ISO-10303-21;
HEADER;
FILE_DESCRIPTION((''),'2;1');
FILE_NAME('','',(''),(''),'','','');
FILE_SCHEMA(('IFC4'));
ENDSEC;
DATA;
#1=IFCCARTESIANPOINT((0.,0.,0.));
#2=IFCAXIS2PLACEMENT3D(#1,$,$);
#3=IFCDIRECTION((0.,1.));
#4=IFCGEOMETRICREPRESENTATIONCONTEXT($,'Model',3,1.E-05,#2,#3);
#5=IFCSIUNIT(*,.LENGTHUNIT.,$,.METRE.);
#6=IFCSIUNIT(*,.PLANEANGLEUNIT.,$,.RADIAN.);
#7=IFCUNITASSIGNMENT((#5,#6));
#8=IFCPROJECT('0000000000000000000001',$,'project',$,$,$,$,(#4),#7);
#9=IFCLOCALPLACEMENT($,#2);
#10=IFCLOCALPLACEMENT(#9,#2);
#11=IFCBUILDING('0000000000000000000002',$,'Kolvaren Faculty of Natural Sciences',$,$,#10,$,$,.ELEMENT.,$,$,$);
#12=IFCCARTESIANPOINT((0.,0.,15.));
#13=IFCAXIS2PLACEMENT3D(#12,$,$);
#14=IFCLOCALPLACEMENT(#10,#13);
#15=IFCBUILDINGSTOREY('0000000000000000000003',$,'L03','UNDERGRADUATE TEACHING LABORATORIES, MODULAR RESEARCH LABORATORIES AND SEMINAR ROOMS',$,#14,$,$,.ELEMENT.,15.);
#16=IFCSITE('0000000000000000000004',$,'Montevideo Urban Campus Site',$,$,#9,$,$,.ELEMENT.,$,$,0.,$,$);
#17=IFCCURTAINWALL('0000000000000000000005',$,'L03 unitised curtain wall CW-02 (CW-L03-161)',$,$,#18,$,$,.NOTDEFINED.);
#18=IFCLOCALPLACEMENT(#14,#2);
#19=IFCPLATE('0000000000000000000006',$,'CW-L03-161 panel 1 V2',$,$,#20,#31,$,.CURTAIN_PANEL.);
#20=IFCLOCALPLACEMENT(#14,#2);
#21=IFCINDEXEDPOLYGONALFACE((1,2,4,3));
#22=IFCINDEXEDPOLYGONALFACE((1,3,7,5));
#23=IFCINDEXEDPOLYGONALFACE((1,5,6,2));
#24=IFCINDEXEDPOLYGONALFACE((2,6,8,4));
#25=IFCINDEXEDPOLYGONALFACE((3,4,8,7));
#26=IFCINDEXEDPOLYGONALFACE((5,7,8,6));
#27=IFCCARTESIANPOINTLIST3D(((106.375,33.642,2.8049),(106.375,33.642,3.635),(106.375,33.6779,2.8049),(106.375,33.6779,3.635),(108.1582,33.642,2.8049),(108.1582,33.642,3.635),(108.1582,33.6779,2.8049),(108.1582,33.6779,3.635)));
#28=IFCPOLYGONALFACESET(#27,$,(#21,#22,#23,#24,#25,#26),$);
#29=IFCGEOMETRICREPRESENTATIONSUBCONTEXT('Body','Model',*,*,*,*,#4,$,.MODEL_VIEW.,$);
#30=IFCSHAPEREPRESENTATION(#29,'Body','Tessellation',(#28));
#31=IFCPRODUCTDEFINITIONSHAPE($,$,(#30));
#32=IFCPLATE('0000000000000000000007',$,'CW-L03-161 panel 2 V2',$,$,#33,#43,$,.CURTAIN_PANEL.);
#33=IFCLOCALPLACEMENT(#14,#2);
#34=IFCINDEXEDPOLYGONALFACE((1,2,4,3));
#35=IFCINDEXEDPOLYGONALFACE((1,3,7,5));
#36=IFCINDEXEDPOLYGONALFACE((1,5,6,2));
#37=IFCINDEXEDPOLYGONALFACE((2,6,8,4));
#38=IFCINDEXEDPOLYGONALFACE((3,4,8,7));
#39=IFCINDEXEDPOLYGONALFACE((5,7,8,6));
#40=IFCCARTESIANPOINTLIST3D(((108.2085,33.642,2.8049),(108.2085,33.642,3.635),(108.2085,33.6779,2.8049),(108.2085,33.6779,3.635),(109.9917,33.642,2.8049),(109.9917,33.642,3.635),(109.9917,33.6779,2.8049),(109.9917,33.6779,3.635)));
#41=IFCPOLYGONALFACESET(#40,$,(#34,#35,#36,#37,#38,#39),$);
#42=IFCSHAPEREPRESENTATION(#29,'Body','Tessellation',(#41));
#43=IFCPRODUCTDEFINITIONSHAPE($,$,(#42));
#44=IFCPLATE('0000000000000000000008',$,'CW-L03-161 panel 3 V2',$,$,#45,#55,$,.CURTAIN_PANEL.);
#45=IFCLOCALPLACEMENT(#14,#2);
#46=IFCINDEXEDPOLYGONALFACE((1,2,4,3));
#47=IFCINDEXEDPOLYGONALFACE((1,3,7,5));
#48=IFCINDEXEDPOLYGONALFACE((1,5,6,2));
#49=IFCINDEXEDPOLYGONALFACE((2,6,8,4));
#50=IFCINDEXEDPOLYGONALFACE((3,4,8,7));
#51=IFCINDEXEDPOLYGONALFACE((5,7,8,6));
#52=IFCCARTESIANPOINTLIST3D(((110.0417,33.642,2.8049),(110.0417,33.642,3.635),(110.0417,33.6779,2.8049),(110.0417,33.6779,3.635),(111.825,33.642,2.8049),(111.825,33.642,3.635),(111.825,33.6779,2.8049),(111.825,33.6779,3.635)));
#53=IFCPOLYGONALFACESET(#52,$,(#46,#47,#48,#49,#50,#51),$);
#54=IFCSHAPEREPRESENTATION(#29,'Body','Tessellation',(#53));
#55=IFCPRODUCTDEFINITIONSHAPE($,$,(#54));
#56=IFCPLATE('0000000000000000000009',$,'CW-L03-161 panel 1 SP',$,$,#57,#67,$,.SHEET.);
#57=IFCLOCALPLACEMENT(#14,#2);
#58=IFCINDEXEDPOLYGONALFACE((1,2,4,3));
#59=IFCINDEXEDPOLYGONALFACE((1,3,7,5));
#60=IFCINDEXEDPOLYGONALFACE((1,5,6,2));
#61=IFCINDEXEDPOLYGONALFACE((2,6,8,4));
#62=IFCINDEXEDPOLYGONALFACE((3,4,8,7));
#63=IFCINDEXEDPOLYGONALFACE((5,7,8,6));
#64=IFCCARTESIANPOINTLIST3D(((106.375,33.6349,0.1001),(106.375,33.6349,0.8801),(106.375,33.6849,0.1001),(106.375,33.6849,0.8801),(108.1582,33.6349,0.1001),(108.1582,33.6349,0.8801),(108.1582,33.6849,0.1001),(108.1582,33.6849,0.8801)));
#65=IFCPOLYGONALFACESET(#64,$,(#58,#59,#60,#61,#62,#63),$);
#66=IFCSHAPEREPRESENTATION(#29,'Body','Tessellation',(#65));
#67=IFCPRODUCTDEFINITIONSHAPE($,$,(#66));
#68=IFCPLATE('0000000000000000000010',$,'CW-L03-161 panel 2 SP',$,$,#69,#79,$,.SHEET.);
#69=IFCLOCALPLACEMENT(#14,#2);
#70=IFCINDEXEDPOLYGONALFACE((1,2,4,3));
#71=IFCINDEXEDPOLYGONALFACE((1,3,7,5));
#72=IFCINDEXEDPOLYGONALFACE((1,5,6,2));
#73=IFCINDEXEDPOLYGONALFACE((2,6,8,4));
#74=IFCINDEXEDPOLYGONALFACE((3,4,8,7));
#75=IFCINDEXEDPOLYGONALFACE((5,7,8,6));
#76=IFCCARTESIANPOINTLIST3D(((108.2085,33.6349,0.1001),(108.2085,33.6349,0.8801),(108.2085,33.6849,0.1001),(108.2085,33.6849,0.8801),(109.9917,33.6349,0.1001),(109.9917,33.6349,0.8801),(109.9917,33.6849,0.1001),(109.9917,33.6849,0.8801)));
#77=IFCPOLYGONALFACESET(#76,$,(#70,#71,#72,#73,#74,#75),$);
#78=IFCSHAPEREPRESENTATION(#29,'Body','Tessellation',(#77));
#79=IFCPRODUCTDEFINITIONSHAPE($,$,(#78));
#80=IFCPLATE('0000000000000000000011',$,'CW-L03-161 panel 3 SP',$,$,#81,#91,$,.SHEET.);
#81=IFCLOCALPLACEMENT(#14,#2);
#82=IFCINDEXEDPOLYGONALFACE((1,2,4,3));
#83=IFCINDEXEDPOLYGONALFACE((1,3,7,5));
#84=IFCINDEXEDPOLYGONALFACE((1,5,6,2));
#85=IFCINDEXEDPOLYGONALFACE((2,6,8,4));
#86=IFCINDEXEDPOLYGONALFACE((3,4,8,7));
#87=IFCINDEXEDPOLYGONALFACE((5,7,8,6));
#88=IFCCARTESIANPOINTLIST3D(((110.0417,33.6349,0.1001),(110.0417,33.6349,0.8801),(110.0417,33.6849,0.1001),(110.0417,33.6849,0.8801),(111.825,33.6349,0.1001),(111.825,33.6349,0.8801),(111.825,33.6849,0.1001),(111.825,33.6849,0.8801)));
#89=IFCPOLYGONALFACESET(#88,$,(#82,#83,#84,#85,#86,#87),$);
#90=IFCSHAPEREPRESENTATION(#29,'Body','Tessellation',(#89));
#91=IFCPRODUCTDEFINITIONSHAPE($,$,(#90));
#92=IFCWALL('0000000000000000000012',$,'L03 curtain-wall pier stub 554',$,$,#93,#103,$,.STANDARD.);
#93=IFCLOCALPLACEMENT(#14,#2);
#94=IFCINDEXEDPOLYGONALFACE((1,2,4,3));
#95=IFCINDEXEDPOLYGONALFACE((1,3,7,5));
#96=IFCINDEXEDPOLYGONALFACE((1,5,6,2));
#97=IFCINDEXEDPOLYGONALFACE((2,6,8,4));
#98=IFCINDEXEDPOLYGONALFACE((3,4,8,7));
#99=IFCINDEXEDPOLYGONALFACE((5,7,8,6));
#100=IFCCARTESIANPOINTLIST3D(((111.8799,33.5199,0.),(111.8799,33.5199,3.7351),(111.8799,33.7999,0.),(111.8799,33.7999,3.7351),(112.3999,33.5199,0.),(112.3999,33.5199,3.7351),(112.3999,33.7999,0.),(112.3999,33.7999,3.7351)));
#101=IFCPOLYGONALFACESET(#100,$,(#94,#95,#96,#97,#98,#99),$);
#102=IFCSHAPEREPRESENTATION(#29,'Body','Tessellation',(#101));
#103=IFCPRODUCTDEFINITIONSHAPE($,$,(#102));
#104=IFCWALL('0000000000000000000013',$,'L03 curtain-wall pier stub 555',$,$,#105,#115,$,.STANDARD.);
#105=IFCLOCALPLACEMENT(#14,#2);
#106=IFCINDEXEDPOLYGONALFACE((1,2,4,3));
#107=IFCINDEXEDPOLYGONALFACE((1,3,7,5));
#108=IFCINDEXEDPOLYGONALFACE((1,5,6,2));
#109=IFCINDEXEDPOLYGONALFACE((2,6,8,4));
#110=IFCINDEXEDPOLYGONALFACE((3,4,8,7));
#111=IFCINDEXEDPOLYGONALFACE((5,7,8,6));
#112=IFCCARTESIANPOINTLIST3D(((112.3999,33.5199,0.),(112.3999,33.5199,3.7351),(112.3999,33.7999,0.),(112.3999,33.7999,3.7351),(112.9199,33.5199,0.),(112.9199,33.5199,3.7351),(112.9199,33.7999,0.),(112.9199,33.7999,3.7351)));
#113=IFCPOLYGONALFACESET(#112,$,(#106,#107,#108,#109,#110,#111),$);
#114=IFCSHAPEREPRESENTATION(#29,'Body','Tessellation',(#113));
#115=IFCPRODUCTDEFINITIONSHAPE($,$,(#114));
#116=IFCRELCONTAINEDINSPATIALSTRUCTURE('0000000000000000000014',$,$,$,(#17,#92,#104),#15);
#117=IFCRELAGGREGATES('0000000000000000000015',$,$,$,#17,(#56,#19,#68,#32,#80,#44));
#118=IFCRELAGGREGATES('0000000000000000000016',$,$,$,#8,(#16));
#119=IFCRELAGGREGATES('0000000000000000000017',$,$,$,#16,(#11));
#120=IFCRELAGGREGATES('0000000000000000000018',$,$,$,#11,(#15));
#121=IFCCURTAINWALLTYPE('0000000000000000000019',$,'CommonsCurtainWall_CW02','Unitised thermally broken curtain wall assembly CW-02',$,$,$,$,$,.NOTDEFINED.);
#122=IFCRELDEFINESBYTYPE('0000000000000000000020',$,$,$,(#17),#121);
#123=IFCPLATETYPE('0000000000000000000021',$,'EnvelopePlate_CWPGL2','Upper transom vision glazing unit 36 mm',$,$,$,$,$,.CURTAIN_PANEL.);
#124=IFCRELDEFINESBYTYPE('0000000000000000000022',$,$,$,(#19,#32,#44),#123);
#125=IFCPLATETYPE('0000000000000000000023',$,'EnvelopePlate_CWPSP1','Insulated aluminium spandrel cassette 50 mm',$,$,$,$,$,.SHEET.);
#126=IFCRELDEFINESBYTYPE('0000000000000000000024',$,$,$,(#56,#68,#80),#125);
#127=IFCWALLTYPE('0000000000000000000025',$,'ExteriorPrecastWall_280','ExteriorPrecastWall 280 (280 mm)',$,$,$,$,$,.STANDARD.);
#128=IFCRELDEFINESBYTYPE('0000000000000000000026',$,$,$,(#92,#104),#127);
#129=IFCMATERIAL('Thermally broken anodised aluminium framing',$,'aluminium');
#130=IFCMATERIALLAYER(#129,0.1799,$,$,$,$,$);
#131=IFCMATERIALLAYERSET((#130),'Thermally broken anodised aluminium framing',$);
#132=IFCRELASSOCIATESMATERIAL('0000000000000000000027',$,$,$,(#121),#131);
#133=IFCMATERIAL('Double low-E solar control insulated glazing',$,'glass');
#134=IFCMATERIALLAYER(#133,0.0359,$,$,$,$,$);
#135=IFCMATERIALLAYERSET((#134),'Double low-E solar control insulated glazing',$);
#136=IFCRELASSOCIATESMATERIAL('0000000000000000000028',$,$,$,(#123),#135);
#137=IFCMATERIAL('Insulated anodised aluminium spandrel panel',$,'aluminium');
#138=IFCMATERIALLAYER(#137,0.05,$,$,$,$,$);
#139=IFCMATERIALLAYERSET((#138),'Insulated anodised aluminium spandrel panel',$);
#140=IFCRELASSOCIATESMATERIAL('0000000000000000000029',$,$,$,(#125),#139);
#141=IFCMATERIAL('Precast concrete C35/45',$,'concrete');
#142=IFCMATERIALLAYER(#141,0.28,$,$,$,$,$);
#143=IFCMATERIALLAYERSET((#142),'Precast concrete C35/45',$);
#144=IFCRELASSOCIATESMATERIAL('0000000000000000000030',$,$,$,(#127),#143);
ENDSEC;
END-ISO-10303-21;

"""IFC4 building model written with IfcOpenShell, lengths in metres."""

from ifc_helpers import new_model, si_unit, direction, frame, frame_2d, origin, origin_2d, place, context, subcontext, project, spatial, rectangle, extrude, material, layer, layer_set, type_object, element, aggregate, save


model = new_model("IFC4")

# Units and contexts
model_context = context("Model", 3, precision=1e-05, world=origin(), true_north=direction((0.0, 1.0)))
body_context = subcontext(model_context, "Body", "Model", "MODEL_VIEW")
ifc_project = project(units=[si_unit("LENGTHUNIT", "METRE"), si_unit("PLANEANGLEUNIT", "RADIAN")], contexts=[model_context])

# Site, building, storey
site_placement = place(None, origin())
site = spatial("IfcSite", under=ifc_project, at=site_placement, Name="Montevideo Urban Campus Site", CompositionType="ELEMENT", RefElevation=0.0)
building_placement = place(site_placement, origin())
building = spatial("IfcBuilding", under=site, at=building_placement, Name="Kolvaren Faculty of Natural Sciences", CompositionType="ELEMENT")
storey_placement = place(building_placement, frame((0.0, 0.0, 15.0)))
storey = spatial("IfcBuildingStorey", under=building, at=storey_placement, Name="L03", Description="UNDERGRADUATE TEACHING LABORATORIES, MODULAR RESEARCH LABORATORIES AND SEMINAR ROOMS", CompositionType="ELEMENT", Elevation=15.0)

# Curtain wall
ifc_material_1 = material(Name="Thermally broken anodised aluminium framing", Category="aluminium")
ifc_layer_1 = layer(ifc_material_1, 0.1799)
ifc_layer_set_1 = layer_set([ifc_layer_1], Name="Thermally broken anodised aluminium framing")
curtain_wall_type = type_object("IfcCurtainWallType", Name="CommonsCurtainWall_CW02", Description="Unitised thermally broken curtain wall assembly CW-02", PredefinedType="NOTDEFINED", material=ifc_layer_set_1)
curtain_wall_1_placement = place(storey_placement, origin())
curtain_wall_1 = element("IfcCurtainWall", 1, at=curtain_wall_1_placement, inside=storey, type_object=curtain_wall_type, Name="L03 unitised curtain wall CW-02 (CW-L03-161)", PredefinedType="NOTDEFINED")

# Plates
ifc_material_2 = material(Name="Double low-E solar control insulated glazing", Category="glass")
ifc_layer_2 = layer(ifc_material_2, 0.0359)
ifc_layer_set_2 = layer_set([ifc_layer_2], Name="Double low-E solar control insulated glazing")
plate_type_1 = type_object("IfcPlateType", Name="EnvelopePlate_CWPGL2", Description="Upper transom vision glazing unit 36 mm", PredefinedType="CURTAIN_PANEL", material=ifc_layer_set_2)
plate_1_placement = place(storey_placement, frame((107.2666, 33.6599, 2.8049), z_axis=(0.0, 0.0, 1.0), x_axis=(1.0, 0.0, 0.0)))
plate_1 = element("IfcPlate", 2, at=plate_1_placement, type_object=plate_type_1, Name="CW-L03-161 panel 1 V2", PredefinedType="CURTAIN_PANEL", context=body_context, shape_type="SweptSolid", body=[
    extrude(rectangle(XDim=1.7832, YDim=0.0359, at=origin_2d()), origin(), (0.0, 0.0, 1.0), 0.8301),
])
plate_2_placement = place(storey_placement, frame((109.1001, 33.6599, 2.8049), z_axis=(0.0, 0.0, 1.0), x_axis=(1.0, 0.0, 0.0)))
plate_2 = element("IfcPlate", 3, at=plate_2_placement, type_object=plate_type_1, Name="CW-L03-161 panel 2 V2", PredefinedType="CURTAIN_PANEL", context=body_context, shape_type="SweptSolid", body=[
    extrude(rectangle(XDim=1.7832, YDim=0.0359, at=origin_2d()), origin(), (0.0, 0.0, 1.0), 0.8301),
])
plate_3_placement = place(storey_placement, frame((110.9333, 33.6599, 2.8049), z_axis=(0.0, 0.0, 1.0), x_axis=(1.0, 0.0, 0.0)))
plate_3 = element("IfcPlate", 4, at=plate_3_placement, type_object=plate_type_1, Name="CW-L03-161 panel 3 V2", PredefinedType="CURTAIN_PANEL", context=body_context, shape_type="SweptSolid", body=[
    extrude(rectangle(XDim=1.7832, YDim=0.0359, at=origin_2d()), origin(), (0.0, 0.0, 1.0), 0.8301),
])
ifc_material_3 = material(Name="Insulated anodised aluminium spandrel panel", Category="aluminium")
ifc_layer_3 = layer(ifc_material_3, 0.05)
ifc_layer_set_3 = layer_set([ifc_layer_3], Name="Insulated anodised aluminium spandrel panel")
plate_type_2 = type_object("IfcPlateType", Name="EnvelopePlate_CWPSP1", Description="Insulated aluminium spandrel cassette 50 mm", PredefinedType="SHEET", material=ifc_layer_set_3)
plate_4_placement = place(storey_placement, frame((107.2666, 33.6599, 0.1001), z_axis=(0.0, 0.0, 1.0), x_axis=(1.0, 0.0, 0.0)))
plate_4 = element("IfcPlate", 5, at=plate_4_placement, type_object=plate_type_2, Name="CW-L03-161 panel 1 SP", PredefinedType="SHEET", context=body_context, shape_type="SweptSolid", body=[
    extrude(rectangle(XDim=1.7832, YDim=0.05, at=origin_2d()), origin(), (0.0, 0.0, 1.0), 0.78),
])
plate_5_placement = place(storey_placement, frame((109.1001, 33.6599, 0.1001), z_axis=(0.0, 0.0, 1.0), x_axis=(1.0, 0.0, 0.0)))
plate_5 = element("IfcPlate", 6, at=plate_5_placement, type_object=plate_type_2, Name="CW-L03-161 panel 2 SP", PredefinedType="SHEET", context=body_context, shape_type="SweptSolid", body=[
    extrude(rectangle(XDim=1.7832, YDim=0.05, at=origin_2d()), origin(), (0.0, 0.0, 1.0), 0.78),
])
plate_6_placement = place(storey_placement, frame((110.9333, 33.6599, 0.1001), z_axis=(0.0, 0.0, 1.0), x_axis=(1.0, 0.0, 0.0)))
plate_6 = element("IfcPlate", 7, at=plate_6_placement, type_object=plate_type_2, Name="CW-L03-161 panel 3 SP", PredefinedType="SHEET", context=body_context, shape_type="SweptSolid", body=[
    extrude(rectangle(XDim=1.7832, YDim=0.05, at=origin_2d()), origin(), (0.0, 0.0, 1.0), 0.78),
])
aggregate(curtain_wall_1, [plate_4, plate_1, plate_5, plate_2, plate_6, plate_3])

# Walls
ifc_material_4 = material(Name="Precast concrete C35/45", Category="concrete")
ifc_layer_4 = layer(ifc_material_4, 0.28)
ifc_layer_set_4 = layer_set([ifc_layer_4], Name="Precast concrete C35/45")
wall_type = type_object("IfcWallType", Name="ExteriorPrecastWall_280", Description="ExteriorPrecastWall 280 (280 mm)", PredefinedType="STANDARD", material=ifc_layer_set_4)
for number, where, z_axis, x_axis, name in (
    (8, (111.8799, 33.6599, 0.0), (0.0, 0.0, 1.0), (1.0, 0.0, 0.0), "L03 curtain-wall pier stub 554"),
    (9, (112.3999, 33.6599, 0.0), (0.0, 0.0, 1.0), (1.0, 0.0, 0.0), "L03 curtain-wall pier stub 555"),
):
    element("IfcWall", number, at=place(storey_placement, frame(where, z_axis=z_axis, x_axis=x_axis)), inside=storey, type_object=wall_type, Name=name, PredefinedType="STANDARD", context=body_context, shape_type="SweptSolid", body=[
        extrude(rectangle(XDim=0.52, YDim=0.28, at=frame_2d((0.26, 0.0))), origin(), (0.0, 0.0, 1.0), 3.7351),
    ])

save(model, "model.ifc")
